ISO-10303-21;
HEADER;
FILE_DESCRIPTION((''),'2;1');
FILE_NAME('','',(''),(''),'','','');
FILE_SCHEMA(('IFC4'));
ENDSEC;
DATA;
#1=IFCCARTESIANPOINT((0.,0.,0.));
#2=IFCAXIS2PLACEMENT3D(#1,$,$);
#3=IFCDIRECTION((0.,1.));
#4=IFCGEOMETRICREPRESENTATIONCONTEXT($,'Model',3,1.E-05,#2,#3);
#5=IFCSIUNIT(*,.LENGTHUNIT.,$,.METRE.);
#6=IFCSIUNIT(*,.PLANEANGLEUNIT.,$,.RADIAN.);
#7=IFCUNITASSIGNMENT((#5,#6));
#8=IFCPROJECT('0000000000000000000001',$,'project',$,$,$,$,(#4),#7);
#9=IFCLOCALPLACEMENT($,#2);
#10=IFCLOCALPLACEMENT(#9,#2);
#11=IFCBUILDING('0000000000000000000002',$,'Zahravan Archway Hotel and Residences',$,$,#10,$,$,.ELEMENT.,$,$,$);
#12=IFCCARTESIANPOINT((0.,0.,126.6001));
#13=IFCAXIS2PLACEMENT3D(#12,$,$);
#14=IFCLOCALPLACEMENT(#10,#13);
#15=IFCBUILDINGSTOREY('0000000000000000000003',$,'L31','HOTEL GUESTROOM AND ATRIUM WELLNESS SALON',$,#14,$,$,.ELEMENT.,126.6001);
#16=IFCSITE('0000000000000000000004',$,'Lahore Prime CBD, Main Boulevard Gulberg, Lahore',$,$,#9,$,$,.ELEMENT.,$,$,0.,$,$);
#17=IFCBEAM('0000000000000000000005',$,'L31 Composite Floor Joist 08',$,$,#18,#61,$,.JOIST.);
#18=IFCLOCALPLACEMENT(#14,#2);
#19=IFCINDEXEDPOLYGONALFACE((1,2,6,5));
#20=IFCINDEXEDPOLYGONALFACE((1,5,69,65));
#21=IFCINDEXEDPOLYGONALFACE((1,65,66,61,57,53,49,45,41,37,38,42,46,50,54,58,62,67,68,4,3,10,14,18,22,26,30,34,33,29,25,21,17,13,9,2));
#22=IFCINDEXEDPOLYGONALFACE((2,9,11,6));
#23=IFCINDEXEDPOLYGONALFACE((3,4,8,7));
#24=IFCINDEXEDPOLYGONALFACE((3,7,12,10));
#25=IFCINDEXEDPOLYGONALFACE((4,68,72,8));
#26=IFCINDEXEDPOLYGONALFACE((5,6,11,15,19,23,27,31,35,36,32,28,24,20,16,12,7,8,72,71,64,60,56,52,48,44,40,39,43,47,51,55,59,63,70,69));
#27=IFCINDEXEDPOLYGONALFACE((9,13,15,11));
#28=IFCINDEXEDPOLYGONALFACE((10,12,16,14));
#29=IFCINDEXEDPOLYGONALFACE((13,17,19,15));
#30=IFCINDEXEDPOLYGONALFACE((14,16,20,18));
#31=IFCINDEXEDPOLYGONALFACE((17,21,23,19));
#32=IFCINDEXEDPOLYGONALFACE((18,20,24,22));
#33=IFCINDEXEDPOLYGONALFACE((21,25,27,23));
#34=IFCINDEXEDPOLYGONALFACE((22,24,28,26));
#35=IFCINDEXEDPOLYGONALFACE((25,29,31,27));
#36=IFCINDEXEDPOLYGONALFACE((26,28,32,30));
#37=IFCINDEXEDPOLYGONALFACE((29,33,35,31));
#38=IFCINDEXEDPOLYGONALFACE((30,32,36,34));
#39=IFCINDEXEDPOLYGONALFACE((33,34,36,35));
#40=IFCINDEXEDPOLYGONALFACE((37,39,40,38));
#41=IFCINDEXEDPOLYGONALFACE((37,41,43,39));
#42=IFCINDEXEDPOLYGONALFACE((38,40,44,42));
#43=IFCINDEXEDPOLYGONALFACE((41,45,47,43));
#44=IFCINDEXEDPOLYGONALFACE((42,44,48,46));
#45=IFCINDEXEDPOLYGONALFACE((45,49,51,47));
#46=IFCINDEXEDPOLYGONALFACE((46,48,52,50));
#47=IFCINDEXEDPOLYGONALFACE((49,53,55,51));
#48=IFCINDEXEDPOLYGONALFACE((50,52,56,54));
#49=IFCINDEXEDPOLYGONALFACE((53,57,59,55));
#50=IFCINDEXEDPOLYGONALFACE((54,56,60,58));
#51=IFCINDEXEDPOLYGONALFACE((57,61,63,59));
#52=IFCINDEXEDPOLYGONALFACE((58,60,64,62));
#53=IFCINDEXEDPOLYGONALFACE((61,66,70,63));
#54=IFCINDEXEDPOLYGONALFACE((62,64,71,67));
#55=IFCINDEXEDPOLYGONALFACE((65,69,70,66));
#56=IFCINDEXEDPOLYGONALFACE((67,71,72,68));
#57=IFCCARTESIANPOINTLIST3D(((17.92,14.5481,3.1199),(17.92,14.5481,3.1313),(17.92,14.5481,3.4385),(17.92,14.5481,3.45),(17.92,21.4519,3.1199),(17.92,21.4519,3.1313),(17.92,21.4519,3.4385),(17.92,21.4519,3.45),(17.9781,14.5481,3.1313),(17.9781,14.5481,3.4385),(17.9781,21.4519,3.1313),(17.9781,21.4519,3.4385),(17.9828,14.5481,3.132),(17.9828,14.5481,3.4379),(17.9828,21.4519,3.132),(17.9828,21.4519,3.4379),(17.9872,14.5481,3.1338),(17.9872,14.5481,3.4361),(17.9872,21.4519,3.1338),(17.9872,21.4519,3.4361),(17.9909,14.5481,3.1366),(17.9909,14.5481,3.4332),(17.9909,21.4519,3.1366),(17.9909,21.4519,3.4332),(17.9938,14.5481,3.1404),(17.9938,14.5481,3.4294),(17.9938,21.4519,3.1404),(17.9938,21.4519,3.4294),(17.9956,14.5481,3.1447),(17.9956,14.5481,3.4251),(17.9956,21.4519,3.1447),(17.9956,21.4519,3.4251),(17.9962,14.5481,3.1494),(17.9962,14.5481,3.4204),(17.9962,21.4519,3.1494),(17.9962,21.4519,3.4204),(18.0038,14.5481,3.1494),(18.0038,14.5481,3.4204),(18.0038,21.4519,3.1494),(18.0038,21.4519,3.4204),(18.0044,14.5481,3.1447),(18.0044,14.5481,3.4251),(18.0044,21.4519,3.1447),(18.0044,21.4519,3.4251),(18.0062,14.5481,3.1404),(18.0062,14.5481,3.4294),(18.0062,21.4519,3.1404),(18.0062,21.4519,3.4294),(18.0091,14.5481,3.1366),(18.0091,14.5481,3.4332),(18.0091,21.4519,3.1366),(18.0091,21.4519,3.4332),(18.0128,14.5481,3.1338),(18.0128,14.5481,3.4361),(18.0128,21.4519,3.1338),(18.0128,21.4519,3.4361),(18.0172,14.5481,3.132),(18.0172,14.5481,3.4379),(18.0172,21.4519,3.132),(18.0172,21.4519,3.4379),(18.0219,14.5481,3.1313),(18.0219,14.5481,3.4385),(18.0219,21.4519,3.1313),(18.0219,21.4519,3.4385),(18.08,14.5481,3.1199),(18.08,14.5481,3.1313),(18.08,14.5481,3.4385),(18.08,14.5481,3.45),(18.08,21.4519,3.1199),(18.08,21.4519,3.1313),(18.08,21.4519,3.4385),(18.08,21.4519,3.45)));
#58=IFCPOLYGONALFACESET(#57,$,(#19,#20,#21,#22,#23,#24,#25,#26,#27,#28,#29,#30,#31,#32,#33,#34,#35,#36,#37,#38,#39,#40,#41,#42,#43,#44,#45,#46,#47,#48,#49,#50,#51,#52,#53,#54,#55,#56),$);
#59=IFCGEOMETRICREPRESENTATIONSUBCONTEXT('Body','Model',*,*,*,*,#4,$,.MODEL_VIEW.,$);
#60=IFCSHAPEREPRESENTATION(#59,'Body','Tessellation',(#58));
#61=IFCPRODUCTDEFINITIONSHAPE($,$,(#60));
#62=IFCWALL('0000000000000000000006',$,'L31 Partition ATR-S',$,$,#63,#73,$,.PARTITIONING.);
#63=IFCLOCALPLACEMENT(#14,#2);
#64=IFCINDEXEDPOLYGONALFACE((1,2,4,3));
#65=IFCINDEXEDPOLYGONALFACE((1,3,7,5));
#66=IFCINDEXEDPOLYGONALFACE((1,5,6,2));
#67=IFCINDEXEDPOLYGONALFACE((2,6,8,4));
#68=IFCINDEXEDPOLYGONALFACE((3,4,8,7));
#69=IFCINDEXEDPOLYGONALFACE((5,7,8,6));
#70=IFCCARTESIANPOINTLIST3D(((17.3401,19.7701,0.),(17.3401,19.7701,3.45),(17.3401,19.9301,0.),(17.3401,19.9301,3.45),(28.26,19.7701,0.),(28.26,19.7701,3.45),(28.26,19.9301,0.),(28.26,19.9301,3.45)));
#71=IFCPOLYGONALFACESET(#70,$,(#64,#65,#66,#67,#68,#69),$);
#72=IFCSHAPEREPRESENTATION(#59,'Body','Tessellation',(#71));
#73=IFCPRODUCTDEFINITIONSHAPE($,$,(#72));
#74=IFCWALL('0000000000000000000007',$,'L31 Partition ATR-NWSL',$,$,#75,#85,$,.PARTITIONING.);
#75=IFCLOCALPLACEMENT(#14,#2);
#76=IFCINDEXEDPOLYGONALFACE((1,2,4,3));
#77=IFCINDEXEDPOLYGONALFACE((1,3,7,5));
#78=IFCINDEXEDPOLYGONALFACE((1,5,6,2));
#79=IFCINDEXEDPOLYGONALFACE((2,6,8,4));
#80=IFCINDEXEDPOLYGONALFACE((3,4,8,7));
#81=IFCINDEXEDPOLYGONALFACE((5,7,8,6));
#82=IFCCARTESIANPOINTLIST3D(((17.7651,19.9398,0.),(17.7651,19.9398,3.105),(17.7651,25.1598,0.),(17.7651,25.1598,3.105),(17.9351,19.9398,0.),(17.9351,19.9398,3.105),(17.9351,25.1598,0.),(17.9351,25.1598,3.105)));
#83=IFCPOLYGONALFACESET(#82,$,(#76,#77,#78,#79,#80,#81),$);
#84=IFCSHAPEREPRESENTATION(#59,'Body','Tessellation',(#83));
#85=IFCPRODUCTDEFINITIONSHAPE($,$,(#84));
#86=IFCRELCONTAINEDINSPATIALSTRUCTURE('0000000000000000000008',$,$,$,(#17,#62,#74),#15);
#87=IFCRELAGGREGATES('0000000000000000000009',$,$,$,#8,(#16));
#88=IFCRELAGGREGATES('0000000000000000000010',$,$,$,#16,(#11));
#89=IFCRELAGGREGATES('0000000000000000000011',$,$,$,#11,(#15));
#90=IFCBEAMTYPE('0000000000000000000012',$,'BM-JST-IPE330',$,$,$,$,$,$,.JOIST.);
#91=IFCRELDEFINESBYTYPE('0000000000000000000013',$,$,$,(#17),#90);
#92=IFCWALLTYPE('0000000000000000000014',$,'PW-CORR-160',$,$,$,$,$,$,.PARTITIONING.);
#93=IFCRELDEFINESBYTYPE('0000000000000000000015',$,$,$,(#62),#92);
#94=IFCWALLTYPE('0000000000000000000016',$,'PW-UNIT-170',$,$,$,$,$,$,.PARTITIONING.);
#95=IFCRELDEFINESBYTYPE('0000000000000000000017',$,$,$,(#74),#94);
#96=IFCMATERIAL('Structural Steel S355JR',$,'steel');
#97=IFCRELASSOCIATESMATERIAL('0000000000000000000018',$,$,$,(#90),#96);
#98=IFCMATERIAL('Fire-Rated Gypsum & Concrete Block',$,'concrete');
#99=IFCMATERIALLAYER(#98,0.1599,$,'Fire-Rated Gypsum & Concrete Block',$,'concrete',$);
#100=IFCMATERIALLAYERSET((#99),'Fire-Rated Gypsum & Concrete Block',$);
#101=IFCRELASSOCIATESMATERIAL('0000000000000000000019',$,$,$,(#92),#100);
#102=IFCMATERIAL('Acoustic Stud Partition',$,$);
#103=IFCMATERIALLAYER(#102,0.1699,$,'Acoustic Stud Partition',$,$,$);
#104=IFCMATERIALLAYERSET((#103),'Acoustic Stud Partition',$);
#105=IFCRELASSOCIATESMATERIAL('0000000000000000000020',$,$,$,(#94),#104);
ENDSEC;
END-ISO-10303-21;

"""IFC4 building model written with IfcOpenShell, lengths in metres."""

from ifc_helpers import new_model, si_unit, direction, frame, frame_2d, origin, origin_2d, place, context, subcontext, project, spatial, rectangle, i_section, extrude, source, transform, mapped, material, layer, layer_set, material_profile, profile_set, type_object, element, save


model = new_model("IFC4")

# Units and contexts
model_context = context("Model", 3, precision=1e-05, world=origin(), true_north=direction((0.0, 1.0)))
body_context = subcontext(model_context, "Body", "Model", "MODEL_VIEW")
ifc_project = project(units=[si_unit("LENGTHUNIT", "METRE"), si_unit("PLANEANGLEUNIT", "RADIAN")], contexts=[model_context])

# Site, building, storey
site_placement = place(None, origin())
site = spatial("IfcSite", under=ifc_project, at=site_placement, Name="Lahore Prime CBD, Main Boulevard Gulberg, Lahore", CompositionType="ELEMENT", RefElevation=0.0)
building_placement = place(site_placement, origin())
building = spatial("IfcBuilding", under=site, at=building_placement, Name="Zahravan Archway Hotel and Residences", CompositionType="ELEMENT")
storey_placement = place(building_placement, frame((0.0, 0.0, 126.6001)))
storey = spatial("IfcBuildingStorey", under=building, at=storey_placement, Name="L31", Description="HOTEL GUESTROOM AND ATRIUM WELLNESS SALON", CompositionType="ELEMENT", Elevation=126.6001)

# Beam
ifc_material_1 = material(Name="Structural Steel S355JR", Category="steel")
ifc_material_profile_1 = material_profile(ifc_material_1, i_section(OverallWidth=0.1599, OverallDepth=0.3301, WebThickness=0.0076, FlangeThickness=0.0115, FilletRadius=0.0181, at=origin_2d()), Name="IPE 330", Category="steel")
ifc_profile_set_1 = profile_set([ifc_material_profile_1], Name="Structural Steel S355JR")
beam_type_1 = type_object("IfcBeamType", Name="BM-JST-IPE330", PredefinedType="JOIST", material=ifc_profile_set_1)
shared_shape_1 = source(origin(), body_context, "Body", "SweptSolid", [
    extrude(i_section(OverallWidth=0.1599, OverallDepth=0.3301, WebThickness=0.0076, FlangeThickness=0.0115, FilletRadius=0.0181, at=origin_2d()), origin(), (0.0, 0.0, 1.0), 6.9038),
])
beam_1_placement = place(storey_placement, frame((18.0, 14.5481, 3.2849), z_axis=(0.0, 1.0, 0.0), x_axis=(-1.0, 0.0, 0.0)))
element("IfcBeam", 1, at=beam_1_placement, inside=storey, type_object=beam_type_1, Name="L31 Composite Floor Joist 08", PredefinedType="JOIST", context=body_context, shape_type="MappedRepresentation", body=[
    mapped(shared_shape_1, transform((0.0, 0.0, 0.0), scale=1.0)),
])

# Walls
ifc_material_2 = material(Name="Fire-Rated Gypsum & Concrete Block", Category="concrete")
ifc_layer_1 = layer(ifc_material_2, 0.1599, Name="Fire-Rated Gypsum & Concrete Block", Category="concrete")
ifc_layer_set_1 = layer_set([ifc_layer_1], Name="Fire-Rated Gypsum & Concrete Block")
wall_type_1 = type_object("IfcWallType", Name="PW-CORR-160", PredefinedType="PARTITIONING", material=ifc_layer_set_1)
wall_1_placement = place(storey_placement, frame((17.3401, 19.8501, 0.0), z_axis=(0.0, 0.0, 1.0), x_axis=(1.0, 0.0, 0.0)))
element("IfcWall", 2, at=wall_1_placement, inside=storey, type_object=wall_type_1, Name="L31 Partition ATR-S", PredefinedType="PARTITIONING", context=body_context, shape_type="SweptSolid", body=[
    extrude(rectangle(XDim=10.9199, YDim=0.1599, at=frame_2d((5.46, 0.0))), origin(), (0.0, 0.0, 1.0), 3.45),
])
ifc_material_3 = material(Name="Acoustic Stud Partition")
ifc_layer_2 = layer(ifc_material_3, 0.1699, Name="Acoustic Stud Partition")
ifc_layer_set_2 = layer_set([ifc_layer_2], Name="Acoustic Stud Partition")
wall_type_2 = type_object("IfcWallType", Name="PW-UNIT-170", PredefinedType="PARTITIONING", material=ifc_layer_set_2)
wall_2_placement = place(storey_placement, frame((17.8501, 19.9399, 0.0), z_axis=(0.0, 0.0, 1.0), x_axis=(0.0, 1.0, 0.0)))
element("IfcWall", 3, at=wall_2_placement, inside=storey, type_object=wall_type_2, Name="L31 Partition ATR-NWSL", PredefinedType="PARTITIONING", context=body_context, shape_type="SweptSolid", body=[
    extrude(rectangle(XDim=5.22, YDim=0.1699, at=frame_2d((2.6099, 0.0))), origin(), (0.0, 0.0, 1.0), 3.105),
])

save(model, "model.ifc")
